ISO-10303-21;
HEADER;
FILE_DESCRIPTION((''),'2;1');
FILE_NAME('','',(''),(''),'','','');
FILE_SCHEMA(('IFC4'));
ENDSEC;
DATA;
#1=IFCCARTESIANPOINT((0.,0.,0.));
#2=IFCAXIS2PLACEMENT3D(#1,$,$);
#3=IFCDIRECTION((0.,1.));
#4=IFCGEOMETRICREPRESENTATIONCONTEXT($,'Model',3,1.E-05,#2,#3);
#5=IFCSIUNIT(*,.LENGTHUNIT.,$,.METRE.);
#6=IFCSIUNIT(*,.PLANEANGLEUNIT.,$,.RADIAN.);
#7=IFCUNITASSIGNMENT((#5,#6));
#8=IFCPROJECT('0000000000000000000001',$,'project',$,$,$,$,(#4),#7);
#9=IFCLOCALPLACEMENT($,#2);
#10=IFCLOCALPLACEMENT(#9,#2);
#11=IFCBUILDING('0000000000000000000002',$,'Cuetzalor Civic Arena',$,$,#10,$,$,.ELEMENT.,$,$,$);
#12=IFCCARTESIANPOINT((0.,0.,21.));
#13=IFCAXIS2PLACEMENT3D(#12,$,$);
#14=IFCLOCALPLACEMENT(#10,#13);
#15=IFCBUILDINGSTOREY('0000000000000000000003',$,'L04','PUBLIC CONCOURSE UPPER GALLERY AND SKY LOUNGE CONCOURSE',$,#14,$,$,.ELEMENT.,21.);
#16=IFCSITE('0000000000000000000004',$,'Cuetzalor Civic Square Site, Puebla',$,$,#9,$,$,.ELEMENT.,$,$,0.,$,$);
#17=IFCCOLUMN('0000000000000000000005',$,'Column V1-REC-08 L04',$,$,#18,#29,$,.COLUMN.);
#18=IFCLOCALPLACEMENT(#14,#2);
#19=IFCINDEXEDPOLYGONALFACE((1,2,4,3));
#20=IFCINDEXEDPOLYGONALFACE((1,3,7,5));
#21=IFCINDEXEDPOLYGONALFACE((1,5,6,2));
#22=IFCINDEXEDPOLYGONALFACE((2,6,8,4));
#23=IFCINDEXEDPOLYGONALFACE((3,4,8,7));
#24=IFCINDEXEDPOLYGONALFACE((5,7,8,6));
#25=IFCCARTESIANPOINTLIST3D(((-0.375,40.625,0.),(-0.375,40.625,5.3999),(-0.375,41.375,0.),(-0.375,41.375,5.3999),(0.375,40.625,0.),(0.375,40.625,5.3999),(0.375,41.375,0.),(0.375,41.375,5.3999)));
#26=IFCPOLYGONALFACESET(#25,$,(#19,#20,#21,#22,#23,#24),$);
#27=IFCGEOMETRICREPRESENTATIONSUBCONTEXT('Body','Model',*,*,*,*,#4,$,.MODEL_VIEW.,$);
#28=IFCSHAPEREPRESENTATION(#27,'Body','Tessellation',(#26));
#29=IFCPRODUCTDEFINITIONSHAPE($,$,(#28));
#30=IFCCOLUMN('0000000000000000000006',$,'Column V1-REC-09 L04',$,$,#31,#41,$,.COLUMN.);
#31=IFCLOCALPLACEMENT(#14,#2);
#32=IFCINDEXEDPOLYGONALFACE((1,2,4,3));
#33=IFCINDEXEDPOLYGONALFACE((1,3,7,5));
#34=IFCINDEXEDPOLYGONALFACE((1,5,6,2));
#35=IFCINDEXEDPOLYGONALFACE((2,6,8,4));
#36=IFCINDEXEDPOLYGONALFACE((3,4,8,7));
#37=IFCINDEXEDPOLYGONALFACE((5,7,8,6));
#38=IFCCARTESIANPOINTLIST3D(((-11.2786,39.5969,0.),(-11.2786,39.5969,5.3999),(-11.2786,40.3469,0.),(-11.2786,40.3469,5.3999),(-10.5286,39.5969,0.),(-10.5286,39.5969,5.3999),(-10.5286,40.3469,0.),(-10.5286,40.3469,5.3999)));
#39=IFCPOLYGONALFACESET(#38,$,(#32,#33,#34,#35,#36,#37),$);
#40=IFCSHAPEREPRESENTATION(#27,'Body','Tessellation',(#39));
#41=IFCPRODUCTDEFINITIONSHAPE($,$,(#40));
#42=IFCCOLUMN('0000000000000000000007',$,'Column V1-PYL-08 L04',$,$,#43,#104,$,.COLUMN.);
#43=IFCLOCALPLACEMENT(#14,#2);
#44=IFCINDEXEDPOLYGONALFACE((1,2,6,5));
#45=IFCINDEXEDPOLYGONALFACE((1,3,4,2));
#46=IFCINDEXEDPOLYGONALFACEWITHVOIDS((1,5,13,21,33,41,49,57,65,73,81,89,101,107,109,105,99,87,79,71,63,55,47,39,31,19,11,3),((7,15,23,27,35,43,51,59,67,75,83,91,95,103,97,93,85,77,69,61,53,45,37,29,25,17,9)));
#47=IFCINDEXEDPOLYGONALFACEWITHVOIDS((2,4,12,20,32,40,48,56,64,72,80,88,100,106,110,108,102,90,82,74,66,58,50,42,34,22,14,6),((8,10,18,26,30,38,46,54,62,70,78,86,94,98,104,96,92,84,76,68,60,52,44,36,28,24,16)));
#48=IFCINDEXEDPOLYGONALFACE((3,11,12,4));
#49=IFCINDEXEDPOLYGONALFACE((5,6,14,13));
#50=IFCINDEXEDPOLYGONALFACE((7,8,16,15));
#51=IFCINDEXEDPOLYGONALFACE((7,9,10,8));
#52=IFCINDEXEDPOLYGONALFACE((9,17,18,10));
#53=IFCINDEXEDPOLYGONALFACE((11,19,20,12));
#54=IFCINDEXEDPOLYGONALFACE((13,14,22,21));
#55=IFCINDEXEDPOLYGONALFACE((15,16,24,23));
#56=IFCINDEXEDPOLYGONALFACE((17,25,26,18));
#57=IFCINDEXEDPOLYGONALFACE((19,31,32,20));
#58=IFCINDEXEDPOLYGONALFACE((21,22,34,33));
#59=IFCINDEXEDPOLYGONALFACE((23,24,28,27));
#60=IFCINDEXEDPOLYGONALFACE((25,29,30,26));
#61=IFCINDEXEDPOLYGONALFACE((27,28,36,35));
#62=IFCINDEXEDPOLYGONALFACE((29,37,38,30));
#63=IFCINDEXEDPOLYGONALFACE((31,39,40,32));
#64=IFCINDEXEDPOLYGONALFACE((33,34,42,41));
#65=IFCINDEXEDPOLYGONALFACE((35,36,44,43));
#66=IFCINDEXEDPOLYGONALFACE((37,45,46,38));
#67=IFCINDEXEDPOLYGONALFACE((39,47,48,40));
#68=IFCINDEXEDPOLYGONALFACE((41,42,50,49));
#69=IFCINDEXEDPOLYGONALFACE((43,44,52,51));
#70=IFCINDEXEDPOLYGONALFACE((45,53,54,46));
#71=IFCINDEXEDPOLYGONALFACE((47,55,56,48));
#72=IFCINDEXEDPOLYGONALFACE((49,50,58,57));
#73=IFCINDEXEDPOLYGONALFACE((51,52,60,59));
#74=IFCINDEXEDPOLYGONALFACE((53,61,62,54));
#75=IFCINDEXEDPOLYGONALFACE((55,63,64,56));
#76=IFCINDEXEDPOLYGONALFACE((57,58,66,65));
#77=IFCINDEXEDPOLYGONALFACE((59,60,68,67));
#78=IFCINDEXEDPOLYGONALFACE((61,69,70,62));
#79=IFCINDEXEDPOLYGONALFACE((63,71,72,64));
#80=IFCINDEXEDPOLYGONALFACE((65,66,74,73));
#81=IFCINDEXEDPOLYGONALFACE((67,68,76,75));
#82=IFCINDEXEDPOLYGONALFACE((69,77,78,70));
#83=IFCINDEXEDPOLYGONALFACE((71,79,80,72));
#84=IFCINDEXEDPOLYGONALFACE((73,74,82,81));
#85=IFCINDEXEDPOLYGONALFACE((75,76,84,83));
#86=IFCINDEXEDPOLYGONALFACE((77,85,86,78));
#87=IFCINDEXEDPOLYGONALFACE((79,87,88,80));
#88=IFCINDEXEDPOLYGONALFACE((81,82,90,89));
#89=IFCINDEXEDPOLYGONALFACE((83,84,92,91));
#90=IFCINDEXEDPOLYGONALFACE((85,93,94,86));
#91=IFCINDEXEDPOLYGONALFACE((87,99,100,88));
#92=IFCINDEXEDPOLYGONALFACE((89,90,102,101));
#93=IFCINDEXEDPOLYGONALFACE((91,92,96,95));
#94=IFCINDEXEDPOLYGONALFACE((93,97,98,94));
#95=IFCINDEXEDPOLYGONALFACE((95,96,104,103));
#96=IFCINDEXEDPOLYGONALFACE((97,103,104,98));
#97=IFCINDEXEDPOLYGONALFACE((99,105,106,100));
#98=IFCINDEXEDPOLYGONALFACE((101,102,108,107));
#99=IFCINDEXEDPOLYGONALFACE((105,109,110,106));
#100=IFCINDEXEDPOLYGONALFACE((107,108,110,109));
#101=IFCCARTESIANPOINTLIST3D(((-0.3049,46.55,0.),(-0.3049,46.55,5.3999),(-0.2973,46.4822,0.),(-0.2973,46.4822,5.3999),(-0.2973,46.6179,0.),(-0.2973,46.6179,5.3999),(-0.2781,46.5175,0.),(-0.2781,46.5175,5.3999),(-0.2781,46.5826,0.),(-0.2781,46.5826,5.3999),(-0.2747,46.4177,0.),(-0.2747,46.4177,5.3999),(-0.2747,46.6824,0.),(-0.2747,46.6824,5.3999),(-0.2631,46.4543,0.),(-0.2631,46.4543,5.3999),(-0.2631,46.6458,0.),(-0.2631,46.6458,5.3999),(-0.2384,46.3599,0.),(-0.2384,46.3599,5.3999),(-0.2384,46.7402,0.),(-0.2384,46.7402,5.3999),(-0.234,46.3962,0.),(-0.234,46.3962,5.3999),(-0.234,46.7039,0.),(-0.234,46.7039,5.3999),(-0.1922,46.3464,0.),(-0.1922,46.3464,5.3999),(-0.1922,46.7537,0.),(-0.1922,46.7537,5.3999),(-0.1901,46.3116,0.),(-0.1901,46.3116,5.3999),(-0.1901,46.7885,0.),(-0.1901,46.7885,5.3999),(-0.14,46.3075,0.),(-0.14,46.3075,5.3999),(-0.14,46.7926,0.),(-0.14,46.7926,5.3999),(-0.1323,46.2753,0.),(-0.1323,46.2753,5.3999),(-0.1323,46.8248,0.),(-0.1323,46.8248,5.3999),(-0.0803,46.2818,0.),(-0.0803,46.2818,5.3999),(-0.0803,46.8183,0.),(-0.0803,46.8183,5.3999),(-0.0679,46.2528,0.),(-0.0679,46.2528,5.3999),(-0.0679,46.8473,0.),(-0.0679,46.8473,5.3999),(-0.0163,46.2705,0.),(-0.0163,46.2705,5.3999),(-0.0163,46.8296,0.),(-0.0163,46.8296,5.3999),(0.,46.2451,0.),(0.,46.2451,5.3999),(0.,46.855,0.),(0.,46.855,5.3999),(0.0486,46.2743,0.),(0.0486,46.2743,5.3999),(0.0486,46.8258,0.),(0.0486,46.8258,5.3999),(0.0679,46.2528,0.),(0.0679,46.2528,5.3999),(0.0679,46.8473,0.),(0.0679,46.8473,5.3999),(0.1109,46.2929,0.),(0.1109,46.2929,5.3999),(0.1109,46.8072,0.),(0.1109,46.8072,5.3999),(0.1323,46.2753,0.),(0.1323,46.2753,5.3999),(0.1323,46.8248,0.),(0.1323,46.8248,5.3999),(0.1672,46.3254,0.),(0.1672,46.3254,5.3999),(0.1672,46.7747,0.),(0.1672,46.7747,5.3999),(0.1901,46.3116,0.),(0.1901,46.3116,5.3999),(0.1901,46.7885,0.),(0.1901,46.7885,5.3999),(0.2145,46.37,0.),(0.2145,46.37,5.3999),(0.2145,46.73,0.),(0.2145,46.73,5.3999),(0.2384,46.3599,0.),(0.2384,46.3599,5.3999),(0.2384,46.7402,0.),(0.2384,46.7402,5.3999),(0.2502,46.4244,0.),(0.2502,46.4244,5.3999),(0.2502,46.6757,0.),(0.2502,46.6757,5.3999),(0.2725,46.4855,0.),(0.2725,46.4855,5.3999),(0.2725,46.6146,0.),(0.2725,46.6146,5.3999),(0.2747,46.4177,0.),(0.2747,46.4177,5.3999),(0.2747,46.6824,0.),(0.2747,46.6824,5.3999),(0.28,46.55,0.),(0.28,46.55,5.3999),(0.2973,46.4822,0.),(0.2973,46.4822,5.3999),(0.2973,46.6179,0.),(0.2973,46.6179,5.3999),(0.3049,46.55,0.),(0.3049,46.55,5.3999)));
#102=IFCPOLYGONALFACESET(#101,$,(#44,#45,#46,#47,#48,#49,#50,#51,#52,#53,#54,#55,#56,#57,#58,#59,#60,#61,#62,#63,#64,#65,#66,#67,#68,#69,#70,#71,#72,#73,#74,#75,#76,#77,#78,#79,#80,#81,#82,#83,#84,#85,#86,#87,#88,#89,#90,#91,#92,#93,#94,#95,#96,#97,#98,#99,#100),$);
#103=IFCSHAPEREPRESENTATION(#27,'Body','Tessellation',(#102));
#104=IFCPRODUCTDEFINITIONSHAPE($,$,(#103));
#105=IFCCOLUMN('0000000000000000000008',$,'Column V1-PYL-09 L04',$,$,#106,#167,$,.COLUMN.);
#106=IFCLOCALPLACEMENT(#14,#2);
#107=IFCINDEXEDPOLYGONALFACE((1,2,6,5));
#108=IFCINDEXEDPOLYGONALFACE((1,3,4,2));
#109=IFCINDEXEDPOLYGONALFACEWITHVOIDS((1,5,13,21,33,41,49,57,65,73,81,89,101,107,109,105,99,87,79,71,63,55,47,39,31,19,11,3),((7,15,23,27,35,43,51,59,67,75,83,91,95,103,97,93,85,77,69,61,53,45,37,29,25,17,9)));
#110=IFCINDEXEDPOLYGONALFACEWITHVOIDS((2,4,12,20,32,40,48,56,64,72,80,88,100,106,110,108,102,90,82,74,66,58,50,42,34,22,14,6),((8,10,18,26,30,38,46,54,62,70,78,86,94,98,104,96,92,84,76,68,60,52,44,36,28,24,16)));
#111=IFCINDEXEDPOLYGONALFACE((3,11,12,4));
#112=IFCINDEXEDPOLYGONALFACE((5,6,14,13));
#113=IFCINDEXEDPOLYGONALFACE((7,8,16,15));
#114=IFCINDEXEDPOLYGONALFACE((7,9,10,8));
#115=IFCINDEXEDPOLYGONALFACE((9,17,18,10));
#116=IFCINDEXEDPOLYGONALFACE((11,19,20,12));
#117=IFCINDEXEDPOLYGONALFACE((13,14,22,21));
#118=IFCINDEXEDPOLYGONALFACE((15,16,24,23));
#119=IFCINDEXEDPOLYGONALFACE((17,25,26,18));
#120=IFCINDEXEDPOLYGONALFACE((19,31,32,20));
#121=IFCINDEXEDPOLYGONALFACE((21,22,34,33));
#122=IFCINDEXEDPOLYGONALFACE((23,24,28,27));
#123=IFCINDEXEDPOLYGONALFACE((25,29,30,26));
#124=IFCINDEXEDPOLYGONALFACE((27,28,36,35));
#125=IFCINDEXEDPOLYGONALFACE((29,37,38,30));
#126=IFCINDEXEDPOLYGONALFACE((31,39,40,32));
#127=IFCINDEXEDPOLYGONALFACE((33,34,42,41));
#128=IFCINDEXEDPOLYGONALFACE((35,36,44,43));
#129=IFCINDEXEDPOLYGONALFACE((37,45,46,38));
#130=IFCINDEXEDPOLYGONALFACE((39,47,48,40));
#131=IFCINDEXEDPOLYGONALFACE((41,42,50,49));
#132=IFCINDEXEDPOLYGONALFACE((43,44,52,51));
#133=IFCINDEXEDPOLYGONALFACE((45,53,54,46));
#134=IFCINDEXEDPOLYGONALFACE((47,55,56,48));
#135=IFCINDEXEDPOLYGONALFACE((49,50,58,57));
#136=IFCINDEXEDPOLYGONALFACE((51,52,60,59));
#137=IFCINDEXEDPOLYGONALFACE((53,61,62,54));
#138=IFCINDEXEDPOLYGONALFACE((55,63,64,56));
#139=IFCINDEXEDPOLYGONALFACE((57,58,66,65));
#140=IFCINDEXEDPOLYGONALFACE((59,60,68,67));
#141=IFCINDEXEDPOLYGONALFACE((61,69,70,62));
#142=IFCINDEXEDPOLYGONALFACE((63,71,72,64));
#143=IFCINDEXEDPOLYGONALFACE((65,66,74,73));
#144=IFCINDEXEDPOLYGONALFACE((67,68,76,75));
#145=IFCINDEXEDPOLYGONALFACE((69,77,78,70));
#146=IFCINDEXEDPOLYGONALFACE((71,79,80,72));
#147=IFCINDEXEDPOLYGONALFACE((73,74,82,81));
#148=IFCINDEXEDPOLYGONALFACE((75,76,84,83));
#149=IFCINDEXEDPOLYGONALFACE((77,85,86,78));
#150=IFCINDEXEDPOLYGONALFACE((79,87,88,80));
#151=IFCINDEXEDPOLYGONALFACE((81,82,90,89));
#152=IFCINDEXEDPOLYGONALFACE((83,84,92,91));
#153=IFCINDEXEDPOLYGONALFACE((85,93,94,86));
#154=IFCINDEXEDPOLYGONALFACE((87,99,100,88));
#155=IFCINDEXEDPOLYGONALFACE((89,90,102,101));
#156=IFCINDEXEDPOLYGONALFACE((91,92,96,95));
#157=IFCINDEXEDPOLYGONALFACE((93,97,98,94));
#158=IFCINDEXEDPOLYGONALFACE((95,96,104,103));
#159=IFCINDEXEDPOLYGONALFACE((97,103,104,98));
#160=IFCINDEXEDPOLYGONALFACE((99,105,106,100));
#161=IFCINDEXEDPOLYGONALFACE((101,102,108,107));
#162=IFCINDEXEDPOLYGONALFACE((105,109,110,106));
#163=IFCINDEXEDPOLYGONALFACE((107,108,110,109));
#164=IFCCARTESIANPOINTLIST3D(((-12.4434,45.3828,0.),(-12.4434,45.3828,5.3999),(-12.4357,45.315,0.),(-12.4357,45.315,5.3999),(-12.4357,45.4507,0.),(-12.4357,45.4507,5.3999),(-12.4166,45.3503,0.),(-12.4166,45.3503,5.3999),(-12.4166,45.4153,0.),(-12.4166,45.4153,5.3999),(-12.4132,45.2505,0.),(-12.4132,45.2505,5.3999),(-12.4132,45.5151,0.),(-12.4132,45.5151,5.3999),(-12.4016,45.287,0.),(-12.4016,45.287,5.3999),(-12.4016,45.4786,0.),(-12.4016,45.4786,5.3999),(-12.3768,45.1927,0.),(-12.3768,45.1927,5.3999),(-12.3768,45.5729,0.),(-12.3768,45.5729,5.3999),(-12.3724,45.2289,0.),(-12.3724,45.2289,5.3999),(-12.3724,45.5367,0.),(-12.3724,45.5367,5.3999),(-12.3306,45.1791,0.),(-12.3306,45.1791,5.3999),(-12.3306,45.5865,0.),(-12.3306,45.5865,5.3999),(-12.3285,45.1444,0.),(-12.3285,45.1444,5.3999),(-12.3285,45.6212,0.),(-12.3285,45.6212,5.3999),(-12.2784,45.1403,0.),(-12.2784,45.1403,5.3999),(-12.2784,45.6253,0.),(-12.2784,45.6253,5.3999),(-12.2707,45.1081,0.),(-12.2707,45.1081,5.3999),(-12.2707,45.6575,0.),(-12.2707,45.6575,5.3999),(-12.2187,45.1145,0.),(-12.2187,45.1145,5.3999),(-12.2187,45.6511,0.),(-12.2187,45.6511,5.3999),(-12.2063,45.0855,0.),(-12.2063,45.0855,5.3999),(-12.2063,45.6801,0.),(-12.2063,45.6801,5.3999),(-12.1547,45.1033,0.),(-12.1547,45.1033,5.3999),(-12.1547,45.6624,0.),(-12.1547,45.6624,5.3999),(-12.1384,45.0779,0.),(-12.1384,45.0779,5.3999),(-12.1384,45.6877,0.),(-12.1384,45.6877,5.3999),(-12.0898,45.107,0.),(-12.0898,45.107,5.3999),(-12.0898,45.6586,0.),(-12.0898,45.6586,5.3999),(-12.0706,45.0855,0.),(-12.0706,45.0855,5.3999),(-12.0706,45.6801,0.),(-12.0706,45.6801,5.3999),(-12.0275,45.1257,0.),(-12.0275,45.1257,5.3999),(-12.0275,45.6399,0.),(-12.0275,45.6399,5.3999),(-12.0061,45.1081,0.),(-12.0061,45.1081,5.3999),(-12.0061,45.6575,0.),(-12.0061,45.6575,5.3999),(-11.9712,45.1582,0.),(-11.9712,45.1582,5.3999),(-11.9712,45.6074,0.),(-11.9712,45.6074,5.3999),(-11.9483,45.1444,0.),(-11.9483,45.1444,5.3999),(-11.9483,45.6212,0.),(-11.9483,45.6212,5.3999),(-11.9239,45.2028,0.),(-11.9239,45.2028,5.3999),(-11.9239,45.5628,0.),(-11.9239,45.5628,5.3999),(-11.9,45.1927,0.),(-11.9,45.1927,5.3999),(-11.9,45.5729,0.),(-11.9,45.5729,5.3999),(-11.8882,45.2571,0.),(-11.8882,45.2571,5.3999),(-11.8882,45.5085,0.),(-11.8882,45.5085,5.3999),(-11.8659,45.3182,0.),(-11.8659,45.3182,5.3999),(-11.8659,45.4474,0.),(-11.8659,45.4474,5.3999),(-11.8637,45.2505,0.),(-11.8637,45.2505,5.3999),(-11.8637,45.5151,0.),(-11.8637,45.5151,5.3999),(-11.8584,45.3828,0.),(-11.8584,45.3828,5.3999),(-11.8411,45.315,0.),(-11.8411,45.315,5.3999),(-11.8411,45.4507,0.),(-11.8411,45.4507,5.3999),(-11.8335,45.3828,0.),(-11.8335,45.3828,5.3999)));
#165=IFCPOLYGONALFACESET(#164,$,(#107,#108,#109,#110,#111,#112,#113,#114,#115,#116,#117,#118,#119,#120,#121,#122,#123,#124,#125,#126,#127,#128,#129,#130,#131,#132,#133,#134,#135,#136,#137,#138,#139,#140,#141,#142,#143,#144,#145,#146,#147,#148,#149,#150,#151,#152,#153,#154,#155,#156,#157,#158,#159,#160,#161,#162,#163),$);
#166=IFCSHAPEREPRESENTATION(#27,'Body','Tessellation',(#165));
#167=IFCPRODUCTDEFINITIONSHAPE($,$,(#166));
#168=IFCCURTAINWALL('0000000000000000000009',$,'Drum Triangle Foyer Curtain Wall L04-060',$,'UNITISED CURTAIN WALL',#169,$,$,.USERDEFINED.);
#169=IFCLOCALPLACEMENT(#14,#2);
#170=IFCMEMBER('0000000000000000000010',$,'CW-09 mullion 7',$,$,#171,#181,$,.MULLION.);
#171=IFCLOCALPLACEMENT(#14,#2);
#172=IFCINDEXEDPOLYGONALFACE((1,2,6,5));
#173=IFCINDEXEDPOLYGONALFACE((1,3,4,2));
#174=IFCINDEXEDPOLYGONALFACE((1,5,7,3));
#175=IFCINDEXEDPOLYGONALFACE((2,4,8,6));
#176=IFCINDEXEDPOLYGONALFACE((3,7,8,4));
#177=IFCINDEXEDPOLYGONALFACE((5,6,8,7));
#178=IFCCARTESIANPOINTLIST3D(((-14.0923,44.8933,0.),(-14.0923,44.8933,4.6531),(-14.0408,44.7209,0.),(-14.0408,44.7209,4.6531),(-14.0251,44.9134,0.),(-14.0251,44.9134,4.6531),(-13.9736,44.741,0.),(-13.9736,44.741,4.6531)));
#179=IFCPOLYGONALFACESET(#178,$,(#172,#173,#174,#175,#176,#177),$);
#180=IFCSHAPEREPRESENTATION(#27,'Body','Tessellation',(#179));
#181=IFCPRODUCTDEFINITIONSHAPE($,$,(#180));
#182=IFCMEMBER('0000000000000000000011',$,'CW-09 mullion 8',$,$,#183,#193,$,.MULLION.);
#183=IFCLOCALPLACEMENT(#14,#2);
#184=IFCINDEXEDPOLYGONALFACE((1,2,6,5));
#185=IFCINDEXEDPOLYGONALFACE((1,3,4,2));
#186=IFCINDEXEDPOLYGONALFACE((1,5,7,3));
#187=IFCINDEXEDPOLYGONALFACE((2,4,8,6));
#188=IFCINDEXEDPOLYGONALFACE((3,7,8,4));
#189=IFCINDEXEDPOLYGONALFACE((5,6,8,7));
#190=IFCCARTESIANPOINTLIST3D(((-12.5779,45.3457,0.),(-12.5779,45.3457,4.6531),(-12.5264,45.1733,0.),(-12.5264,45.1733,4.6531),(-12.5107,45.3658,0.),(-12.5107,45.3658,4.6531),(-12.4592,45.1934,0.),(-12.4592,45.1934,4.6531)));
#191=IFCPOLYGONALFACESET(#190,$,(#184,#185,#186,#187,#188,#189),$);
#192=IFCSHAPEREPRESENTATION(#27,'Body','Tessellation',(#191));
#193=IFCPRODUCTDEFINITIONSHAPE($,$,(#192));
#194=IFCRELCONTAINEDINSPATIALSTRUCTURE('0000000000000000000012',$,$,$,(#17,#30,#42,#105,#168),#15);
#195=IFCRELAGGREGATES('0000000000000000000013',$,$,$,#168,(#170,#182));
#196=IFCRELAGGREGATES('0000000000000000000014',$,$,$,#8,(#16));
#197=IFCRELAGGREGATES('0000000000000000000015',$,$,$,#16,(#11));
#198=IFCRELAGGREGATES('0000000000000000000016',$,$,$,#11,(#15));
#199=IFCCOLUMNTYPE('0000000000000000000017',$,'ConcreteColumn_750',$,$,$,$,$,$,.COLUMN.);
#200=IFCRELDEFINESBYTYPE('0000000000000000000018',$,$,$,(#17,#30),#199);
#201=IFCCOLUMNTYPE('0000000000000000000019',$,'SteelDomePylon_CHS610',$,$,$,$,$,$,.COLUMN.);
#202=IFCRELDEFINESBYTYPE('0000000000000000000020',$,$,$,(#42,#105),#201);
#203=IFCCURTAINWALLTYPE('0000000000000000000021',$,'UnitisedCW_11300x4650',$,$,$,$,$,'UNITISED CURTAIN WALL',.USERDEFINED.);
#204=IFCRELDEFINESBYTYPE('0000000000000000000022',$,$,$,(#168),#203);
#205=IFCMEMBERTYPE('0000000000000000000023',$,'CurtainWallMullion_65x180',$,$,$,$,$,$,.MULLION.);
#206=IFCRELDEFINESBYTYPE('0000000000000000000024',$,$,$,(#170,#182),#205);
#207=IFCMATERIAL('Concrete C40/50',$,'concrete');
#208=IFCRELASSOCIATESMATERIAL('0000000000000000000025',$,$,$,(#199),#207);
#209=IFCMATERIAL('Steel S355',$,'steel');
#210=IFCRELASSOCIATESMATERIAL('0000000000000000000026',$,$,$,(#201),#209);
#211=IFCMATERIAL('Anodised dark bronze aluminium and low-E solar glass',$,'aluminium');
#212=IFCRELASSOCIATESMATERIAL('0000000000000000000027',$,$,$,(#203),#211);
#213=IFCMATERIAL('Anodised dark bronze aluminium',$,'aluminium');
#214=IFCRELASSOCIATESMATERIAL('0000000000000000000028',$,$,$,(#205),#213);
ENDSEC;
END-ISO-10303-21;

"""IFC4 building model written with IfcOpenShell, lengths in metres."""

from ifc_helpers import new_model, si_unit, direction, frame, origin, origin_2d, place, context, subcontext, project, spatial, rectangle, hollow_circle, extrude, material, material_profile, profile_set, type_object, element, aggregate, save


model = new_model("IFC4")

# Units and contexts
model_context = context("Model", 3, precision=1e-05, world=origin(), true_north=direction((0.0, 1.0)))
body_context = subcontext(model_context, "Body", "Model", "MODEL_VIEW")
ifc_project = project(units=[si_unit("LENGTHUNIT", "METRE"), si_unit("PLANEANGLEUNIT", "RADIAN")], contexts=[model_context])

# Site, building, storey
site_placement = place(None, origin())
site = spatial("IfcSite", under=ifc_project, at=site_placement, Name="Cuetzalor Civic Square Site, Puebla", CompositionType="ELEMENT", RefElevation=0.0)
building_placement = place(site_placement, origin())
building = spatial("IfcBuilding", under=site, at=building_placement, Name="Cuetzalor Civic Arena", CompositionType="ELEMENT")
storey_placement = place(building_placement, frame((0.0, 0.0, 21.0)))
storey = spatial("IfcBuildingStorey", under=building, at=storey_placement, Name="L04", Description="PUBLIC CONCOURSE UPPER GALLERY AND SKY LOUNGE CONCOURSE", CompositionType="ELEMENT", Elevation=21.0)

# Columns
ifc_material_1 = material(Name="Concrete C40/50", Category="concrete")
ifc_material_profile_1 = material_profile(ifc_material_1, rectangle(XDim=0.75, YDim=0.75, at=origin_2d()), Name="RC 750x750")
ifc_profile_set_1 = profile_set([ifc_material_profile_1], Name="Concrete C40/50")
column_type_1 = type_object("IfcColumnType", Name="ConcreteColumn_750", PredefinedType="COLUMN", material=ifc_profile_set_1)
for number, where, z_axis, x_axis, name in (
    (1, (0.0, 41.0, 0.0), (0.0, 0.0, 1.0), (1.0, 0.0, 0.0), "Column V1-REC-08 L04"),
    (2, (-10.9036, 39.9719, 0.0), (0.0, 0.0, 1.0), (1.0, 0.0, 0.0), "Column V1-REC-09 L04"),
):
    element("IfcColumn", number, at=place(storey_placement, frame(where, z_axis=z_axis, x_axis=x_axis)), inside=storey, type_object=column_type_1, Name=name, PredefinedType="COLUMN", context=body_context, shape_type="SweptSolid", body=[
        extrude(rectangle(XDim=0.75, YDim=0.75, at=origin_2d()), origin(), (0.0, 0.0, 1.0), 5.3999),
    ])
ifc_material_2 = material(Name="Steel S355", Category="steel")
ifc_material_profile_2 = material_profile(ifc_material_2, hollow_circle(Radius=0.3049, WallThickness=0.0249, at=origin_2d()), Name="CHS 610x25")
ifc_profile_set_2 = profile_set([ifc_material_profile_2], Name="Steel S355")
column_type_2 = type_object("IfcColumnType", Name="SteelDomePylon_CHS610", PredefinedType="COLUMN", material=ifc_profile_set_2)
for number, where, z_axis, x_axis, name in (
    (3, (0.0, 46.55, 0.0), (0.0, 0.0, 1.0), (1.0, 0.0, 0.0), "Column V1-PYL-08 L04"),
    (4, (-12.1384, 45.3828, 0.0), (0.0, 0.0, 1.0), (1.0, 0.0, 0.0), "Column V1-PYL-09 L04"),
):
    element("IfcColumn", number, at=place(storey_placement, frame(where, z_axis=z_axis, x_axis=x_axis)), inside=storey, type_object=column_type_2, Name=name, PredefinedType="COLUMN", context=body_context, shape_type="SweptSolid", body=[
        extrude(hollow_circle(Radius=0.3049, WallThickness=0.0249, at=origin_2d()), origin(), (0.0, 0.0, 1.0), 5.3999),
    ])

# Curtain wall, members
ifc_material_3 = material(Name="Anodised dark bronze aluminium and low-E solar glass", Category="aluminium")
curtain_wall_type = type_object("IfcCurtainWallType", Name="UnitisedCW_11300x4650", ElementType="UNITISED CURTAIN WALL", PredefinedType="USERDEFINED", material=ifc_material_3)
curtain_wall_placement = place(storey_placement, origin())
curtain_wall = element("IfcCurtainWall", 5, at=curtain_wall_placement, inside=storey, type_object=curtain_wall_type, Name="Drum Triangle Foyer Curtain Wall L04-060", ObjectType="UNITISED CURTAIN WALL", PredefinedType="USERDEFINED")
ifc_material_4 = material(Name="Anodised dark bronze aluminium", Category="aluminium")
ifc_material_profile_3 = material_profile(ifc_material_4, rectangle(XDim=0.0701, YDim=0.1799, at=origin_2d()), Name="ALU MULLION 70x180")
ifc_profile_set_3 = profile_set([ifc_material_profile_3], Name="Anodised dark bronze aluminium")
member_type_1 = type_object("IfcMemberType", Name="CurtainWallMullion_65x180", PredefinedType="MULLION", material=ifc_profile_set_3)
member_1_placement = place(storey_placement, frame((-14.033, 44.8171, 0.0), z_axis=(0.0, 0.0, 1.0), x_axis=(0.958194, 0.28612, 0.0)))
member_1 = element("IfcMember", 6, at=member_1_placement, type_object=member_type_1, Name="CW-09 mullion 7", PredefinedType="MULLION", context=body_context, shape_type="SweptSolid", body=[
    extrude(rectangle(XDim=0.0701, YDim=0.1799, at=origin_2d()), origin(), (0.0, 0.0, 1.0), 4.6531),
])
member_2_placement = place(storey_placement, frame((-12.5186, 45.2695, 0.0), z_axis=(0.0, 0.0, 1.0), x_axis=(0.958194, 0.28612, 0.0)))
member_2 = element("IfcMember", 7, at=member_2_placement, type_object=member_type_1, Name="CW-09 mullion 8", PredefinedType="MULLION", context=body_context, shape_type="SweptSolid", body=[
    extrude(rectangle(XDim=0.0701, YDim=0.1799, at=origin_2d()), origin(), (0.0, 0.0, 1.0), 4.6531),
])

aggregate(curtain_wall, [member_1, member_2])

save(model, "model.ifc")
